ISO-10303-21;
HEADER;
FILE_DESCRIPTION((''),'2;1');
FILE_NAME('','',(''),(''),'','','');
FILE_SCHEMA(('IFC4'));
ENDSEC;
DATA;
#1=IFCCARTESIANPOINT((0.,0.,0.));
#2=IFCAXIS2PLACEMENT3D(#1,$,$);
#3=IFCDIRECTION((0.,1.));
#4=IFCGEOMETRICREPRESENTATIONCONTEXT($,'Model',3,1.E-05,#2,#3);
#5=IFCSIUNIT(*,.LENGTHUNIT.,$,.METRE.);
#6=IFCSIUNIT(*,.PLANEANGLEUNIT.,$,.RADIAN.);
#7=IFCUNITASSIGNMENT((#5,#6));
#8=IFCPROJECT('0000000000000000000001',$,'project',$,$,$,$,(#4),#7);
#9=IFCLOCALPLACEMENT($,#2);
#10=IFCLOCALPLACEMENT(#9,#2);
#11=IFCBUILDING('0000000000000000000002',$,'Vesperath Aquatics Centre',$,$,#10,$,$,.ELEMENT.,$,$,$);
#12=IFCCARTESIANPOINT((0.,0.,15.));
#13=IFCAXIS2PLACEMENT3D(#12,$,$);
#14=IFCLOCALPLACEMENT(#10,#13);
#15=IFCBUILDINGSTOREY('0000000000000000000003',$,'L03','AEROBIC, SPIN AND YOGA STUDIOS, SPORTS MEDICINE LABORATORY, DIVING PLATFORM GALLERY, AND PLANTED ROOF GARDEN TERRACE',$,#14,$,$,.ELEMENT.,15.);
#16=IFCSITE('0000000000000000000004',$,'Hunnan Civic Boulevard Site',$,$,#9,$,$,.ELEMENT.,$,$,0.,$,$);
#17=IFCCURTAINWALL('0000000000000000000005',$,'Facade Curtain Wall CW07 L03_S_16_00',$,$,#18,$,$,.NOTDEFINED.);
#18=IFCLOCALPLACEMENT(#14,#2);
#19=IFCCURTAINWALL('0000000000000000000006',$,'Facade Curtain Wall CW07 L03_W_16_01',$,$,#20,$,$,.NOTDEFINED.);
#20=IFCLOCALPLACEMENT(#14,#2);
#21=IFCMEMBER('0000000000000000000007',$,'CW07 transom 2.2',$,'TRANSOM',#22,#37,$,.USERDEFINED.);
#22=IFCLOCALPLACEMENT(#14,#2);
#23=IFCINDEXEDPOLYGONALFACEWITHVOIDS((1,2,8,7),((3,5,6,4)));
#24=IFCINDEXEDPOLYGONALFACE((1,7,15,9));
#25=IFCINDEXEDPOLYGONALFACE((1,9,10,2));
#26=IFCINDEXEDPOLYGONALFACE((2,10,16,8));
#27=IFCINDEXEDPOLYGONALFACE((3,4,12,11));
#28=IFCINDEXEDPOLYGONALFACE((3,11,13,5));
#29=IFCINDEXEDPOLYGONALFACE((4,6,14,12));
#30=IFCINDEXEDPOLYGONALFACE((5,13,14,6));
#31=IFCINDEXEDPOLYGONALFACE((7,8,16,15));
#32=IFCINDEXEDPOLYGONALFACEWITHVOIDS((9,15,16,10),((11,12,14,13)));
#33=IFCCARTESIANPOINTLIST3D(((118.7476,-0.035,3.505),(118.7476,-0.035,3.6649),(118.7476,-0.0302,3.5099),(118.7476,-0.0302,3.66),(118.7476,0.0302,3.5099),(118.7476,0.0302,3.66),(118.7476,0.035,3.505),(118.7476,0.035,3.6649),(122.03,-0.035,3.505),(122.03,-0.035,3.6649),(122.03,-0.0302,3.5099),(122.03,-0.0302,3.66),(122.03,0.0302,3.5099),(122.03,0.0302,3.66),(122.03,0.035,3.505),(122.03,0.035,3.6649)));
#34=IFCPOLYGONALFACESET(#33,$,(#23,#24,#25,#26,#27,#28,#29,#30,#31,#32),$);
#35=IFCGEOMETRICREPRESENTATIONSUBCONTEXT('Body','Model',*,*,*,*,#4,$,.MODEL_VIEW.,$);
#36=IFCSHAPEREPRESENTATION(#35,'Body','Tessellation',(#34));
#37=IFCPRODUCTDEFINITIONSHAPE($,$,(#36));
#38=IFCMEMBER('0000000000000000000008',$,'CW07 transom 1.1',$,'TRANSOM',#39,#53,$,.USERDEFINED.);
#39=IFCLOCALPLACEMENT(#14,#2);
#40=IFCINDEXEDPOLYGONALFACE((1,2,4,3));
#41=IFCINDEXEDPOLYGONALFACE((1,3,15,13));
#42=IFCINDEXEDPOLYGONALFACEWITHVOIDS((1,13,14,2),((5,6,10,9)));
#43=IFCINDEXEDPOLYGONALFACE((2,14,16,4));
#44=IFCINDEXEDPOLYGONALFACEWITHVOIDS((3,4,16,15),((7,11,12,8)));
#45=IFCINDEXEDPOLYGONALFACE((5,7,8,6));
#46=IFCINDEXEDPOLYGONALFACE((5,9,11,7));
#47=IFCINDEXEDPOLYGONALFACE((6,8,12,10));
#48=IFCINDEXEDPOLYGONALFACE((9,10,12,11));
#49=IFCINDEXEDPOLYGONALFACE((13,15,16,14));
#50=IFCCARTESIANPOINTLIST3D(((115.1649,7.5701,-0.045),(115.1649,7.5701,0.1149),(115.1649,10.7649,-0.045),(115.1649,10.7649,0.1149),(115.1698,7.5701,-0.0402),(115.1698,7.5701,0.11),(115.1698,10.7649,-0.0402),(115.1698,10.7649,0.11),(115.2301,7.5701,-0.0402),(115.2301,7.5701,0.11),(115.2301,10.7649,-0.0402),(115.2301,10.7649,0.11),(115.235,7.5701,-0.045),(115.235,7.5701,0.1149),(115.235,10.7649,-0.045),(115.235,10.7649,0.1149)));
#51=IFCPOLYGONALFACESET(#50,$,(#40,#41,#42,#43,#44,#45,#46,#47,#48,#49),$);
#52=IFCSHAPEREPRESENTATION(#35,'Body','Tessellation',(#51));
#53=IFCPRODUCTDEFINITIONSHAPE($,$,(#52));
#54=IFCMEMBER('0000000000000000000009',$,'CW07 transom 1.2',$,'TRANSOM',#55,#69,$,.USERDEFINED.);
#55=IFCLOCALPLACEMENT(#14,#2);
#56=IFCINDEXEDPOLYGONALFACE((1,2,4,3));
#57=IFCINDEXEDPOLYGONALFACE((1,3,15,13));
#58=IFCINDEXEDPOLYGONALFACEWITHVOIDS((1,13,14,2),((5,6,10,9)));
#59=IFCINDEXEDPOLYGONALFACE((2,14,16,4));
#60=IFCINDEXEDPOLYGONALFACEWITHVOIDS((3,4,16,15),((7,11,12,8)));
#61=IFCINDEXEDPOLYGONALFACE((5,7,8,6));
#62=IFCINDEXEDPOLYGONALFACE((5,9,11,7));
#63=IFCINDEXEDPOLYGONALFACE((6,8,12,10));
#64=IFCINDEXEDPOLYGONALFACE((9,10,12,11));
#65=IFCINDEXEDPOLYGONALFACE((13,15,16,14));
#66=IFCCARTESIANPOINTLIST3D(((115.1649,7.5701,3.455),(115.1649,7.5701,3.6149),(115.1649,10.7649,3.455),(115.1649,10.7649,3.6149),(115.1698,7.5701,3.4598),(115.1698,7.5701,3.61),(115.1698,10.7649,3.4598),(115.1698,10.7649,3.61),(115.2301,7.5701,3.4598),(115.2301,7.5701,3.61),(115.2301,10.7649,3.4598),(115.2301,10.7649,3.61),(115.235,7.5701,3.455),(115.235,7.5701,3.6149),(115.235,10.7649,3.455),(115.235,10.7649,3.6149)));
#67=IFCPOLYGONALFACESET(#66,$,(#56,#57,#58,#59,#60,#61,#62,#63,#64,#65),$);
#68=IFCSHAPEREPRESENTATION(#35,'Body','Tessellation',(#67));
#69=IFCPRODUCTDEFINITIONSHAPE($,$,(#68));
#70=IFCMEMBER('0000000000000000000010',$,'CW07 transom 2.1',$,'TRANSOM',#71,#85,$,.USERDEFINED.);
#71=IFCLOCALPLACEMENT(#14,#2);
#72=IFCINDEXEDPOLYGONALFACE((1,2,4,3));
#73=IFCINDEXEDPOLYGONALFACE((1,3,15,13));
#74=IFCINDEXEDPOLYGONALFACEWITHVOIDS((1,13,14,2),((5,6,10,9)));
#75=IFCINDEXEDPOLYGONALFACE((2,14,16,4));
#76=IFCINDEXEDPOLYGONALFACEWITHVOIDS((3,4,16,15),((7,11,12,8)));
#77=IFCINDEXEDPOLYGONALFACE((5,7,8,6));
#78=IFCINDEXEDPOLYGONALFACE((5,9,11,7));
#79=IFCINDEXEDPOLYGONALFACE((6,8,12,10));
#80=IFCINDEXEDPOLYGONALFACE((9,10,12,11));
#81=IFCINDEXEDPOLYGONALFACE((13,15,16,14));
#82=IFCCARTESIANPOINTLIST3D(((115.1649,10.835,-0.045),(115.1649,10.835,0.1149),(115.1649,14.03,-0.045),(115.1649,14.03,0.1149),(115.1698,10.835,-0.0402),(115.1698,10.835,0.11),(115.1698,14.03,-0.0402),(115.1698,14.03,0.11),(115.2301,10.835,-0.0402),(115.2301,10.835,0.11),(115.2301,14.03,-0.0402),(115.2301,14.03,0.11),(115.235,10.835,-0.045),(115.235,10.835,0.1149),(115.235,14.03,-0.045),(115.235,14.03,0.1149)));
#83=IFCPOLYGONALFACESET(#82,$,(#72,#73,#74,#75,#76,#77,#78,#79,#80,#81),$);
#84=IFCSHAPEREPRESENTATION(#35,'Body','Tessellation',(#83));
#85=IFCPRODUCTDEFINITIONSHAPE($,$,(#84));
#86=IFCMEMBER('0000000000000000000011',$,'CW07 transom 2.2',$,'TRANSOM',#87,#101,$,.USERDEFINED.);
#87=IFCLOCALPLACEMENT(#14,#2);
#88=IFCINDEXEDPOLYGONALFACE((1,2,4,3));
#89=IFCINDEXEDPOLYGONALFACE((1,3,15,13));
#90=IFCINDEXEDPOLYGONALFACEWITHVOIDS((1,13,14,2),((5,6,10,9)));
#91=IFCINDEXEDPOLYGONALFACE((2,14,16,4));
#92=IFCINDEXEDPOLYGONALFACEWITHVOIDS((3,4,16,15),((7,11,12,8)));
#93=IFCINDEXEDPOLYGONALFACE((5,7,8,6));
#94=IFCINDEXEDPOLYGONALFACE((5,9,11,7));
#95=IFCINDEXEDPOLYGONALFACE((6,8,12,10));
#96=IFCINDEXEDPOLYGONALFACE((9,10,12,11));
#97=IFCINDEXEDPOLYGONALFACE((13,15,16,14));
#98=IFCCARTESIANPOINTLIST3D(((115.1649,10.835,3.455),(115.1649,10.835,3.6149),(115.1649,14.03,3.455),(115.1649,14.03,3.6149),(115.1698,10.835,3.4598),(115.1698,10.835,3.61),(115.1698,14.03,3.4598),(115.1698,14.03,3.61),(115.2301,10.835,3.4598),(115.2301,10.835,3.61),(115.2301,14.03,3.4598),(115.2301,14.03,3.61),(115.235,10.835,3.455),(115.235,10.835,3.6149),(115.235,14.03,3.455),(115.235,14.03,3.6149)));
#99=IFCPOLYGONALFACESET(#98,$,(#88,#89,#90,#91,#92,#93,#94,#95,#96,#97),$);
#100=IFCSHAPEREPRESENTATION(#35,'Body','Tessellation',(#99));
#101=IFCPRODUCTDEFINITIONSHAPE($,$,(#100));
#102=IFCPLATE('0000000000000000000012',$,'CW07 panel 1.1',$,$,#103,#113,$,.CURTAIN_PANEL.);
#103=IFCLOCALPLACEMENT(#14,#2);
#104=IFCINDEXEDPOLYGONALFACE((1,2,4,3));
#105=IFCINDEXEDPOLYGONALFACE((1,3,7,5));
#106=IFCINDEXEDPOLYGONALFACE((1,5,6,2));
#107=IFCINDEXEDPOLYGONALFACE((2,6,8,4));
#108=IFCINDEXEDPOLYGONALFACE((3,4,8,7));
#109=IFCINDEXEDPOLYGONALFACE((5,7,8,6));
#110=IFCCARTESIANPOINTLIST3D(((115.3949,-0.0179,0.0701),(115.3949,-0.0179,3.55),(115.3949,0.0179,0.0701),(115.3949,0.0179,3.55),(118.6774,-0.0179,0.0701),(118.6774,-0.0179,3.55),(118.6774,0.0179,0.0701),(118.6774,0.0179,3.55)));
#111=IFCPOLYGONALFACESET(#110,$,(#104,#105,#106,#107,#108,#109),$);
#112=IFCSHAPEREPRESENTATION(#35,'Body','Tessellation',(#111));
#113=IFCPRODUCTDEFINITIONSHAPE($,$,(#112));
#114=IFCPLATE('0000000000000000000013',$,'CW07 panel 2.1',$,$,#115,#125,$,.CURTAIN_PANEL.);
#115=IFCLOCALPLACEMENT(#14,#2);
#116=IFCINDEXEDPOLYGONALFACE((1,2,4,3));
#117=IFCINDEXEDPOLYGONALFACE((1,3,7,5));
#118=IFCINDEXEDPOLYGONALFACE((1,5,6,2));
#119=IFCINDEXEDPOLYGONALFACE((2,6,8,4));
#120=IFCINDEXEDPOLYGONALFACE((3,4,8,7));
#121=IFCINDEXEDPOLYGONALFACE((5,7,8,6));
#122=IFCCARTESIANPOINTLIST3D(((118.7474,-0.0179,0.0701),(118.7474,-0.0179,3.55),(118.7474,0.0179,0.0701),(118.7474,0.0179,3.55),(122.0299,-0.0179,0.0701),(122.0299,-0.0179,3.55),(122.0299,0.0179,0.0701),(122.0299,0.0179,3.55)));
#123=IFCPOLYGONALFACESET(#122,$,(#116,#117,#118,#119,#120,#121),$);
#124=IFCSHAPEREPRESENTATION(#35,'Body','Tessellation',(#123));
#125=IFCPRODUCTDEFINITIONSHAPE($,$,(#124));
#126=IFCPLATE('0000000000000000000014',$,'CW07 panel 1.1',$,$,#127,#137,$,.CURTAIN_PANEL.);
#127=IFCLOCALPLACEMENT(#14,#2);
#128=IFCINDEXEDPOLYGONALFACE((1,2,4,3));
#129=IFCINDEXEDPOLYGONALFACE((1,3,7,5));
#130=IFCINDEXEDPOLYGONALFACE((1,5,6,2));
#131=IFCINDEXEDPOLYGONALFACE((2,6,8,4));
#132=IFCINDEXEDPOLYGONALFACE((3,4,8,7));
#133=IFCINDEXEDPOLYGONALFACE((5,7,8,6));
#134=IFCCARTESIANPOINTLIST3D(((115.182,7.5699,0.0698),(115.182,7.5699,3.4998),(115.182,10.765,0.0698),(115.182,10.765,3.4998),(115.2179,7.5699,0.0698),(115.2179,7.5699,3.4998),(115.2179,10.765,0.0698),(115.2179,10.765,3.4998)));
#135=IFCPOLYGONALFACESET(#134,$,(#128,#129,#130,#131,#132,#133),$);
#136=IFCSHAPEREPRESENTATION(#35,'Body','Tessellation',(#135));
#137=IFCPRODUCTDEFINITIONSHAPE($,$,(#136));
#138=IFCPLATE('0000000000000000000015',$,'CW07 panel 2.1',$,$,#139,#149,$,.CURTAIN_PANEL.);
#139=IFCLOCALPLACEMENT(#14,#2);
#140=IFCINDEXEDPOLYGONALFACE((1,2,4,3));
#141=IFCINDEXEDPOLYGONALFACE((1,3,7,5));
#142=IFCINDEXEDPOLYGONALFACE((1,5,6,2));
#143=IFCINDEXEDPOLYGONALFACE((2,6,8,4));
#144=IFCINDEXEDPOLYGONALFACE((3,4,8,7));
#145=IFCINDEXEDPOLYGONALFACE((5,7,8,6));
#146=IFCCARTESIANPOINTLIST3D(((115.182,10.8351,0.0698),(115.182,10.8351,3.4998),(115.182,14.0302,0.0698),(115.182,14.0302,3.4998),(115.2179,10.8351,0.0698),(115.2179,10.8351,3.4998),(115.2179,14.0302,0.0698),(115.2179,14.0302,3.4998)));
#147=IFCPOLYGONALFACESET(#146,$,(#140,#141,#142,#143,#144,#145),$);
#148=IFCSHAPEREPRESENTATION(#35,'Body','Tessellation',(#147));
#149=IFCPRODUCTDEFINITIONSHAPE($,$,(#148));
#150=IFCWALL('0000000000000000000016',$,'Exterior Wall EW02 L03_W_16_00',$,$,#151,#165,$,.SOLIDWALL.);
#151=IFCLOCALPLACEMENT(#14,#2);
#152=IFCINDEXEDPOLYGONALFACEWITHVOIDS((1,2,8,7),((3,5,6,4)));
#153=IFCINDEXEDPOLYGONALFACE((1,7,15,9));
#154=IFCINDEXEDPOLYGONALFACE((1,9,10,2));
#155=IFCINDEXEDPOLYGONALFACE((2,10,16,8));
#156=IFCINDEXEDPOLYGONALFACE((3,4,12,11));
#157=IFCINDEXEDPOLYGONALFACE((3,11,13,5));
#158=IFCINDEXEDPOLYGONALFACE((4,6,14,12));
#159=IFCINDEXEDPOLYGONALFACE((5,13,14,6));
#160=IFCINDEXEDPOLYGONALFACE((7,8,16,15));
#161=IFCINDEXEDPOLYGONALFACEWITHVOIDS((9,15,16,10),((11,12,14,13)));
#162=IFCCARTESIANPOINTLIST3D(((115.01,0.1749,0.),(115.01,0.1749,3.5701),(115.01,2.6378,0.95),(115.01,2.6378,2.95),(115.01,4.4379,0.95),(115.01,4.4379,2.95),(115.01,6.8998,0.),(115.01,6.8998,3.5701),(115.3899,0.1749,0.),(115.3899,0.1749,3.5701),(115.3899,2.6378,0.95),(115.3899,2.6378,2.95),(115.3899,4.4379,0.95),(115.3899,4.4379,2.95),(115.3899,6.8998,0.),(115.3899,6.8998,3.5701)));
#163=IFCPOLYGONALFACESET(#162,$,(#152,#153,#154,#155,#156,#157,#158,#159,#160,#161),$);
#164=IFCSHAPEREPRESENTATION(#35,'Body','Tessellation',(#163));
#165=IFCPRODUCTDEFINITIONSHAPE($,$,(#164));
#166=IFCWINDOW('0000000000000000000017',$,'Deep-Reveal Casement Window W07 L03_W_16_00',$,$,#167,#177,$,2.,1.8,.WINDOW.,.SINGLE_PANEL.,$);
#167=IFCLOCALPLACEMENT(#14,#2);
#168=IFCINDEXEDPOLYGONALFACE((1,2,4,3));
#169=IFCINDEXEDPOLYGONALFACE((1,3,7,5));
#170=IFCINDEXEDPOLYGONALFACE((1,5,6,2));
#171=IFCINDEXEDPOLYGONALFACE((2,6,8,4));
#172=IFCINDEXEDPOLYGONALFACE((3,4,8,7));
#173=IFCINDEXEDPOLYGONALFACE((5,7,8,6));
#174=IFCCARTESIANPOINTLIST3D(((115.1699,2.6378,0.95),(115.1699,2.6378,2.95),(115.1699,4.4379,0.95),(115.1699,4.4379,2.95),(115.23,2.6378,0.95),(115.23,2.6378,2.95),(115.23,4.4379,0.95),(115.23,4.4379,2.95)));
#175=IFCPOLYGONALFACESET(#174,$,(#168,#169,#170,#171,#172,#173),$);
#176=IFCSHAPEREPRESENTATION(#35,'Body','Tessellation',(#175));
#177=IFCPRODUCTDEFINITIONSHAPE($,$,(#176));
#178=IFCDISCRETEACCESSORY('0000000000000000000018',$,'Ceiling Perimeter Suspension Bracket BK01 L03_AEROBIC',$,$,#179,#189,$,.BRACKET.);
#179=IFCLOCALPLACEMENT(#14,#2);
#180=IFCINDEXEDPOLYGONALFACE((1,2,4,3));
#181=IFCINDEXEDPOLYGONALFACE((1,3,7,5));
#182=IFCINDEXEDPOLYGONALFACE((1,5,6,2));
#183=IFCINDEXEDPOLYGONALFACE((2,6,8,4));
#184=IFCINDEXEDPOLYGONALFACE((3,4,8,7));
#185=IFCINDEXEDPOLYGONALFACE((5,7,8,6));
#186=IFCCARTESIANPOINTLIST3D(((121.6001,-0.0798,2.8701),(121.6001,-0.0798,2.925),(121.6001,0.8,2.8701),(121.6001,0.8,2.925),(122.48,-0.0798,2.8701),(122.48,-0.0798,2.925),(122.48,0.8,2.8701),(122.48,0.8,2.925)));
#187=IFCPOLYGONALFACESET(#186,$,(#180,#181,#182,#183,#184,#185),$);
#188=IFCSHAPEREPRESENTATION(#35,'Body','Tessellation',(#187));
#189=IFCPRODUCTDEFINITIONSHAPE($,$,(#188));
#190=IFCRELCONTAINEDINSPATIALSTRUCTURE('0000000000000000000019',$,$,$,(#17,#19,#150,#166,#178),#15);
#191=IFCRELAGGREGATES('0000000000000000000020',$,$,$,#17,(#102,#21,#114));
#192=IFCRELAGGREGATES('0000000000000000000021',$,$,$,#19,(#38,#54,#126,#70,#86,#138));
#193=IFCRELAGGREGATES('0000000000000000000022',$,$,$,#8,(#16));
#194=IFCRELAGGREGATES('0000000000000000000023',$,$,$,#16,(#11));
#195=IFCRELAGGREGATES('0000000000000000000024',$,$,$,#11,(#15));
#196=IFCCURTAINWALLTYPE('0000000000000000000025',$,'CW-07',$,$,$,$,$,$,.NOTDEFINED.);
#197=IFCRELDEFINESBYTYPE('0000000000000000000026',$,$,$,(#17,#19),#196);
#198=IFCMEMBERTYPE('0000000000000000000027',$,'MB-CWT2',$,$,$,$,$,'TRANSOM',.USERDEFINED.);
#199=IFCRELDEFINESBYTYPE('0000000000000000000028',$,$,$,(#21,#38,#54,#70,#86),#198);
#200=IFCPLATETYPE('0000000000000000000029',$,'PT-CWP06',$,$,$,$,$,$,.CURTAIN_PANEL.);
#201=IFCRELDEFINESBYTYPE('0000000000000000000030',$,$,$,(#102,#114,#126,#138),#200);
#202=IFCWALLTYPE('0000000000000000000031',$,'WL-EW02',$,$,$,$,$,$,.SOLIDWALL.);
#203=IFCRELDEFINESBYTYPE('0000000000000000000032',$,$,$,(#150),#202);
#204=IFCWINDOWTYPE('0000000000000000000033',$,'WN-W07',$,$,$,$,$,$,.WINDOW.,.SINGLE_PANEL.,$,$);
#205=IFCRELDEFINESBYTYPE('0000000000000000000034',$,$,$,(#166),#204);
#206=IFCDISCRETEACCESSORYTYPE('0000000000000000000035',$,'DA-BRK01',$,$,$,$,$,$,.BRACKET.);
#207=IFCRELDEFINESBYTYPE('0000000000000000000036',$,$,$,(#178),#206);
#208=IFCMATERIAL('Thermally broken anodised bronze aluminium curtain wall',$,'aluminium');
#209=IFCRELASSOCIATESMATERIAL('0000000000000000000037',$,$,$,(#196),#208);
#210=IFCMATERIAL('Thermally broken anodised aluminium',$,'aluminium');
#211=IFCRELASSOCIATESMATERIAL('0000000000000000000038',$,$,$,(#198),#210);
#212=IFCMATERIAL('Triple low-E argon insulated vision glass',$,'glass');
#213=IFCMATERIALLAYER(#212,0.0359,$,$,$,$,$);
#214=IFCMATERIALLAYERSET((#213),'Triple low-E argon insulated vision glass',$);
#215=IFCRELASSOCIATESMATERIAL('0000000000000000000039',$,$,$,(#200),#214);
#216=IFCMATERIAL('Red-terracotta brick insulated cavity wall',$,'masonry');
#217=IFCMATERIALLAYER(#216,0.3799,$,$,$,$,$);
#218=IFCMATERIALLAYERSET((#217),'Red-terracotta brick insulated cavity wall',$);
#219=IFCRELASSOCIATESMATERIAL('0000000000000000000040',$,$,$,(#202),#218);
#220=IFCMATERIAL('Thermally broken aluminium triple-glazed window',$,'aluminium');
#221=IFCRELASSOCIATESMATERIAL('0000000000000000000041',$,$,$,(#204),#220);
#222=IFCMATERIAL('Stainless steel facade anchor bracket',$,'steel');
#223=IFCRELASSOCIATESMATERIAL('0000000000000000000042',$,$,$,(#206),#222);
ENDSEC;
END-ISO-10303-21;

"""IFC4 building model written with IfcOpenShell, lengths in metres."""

from ifc_helpers import new_model, si_unit, direction, frame, frame_2d, origin, origin_2d, place, context, subcontext, project, spatial, rectangle, hollow_rectangle, extrude, material, layer, layer_set, material_profile, profile_set, type_object, element, fill, aggregate, save


model = new_model("IFC4")

# Units and contexts
model_context = context("Model", 3, precision=1e-05, world=origin(), true_north=direction((0.0, 1.0)))
body_context = subcontext(model_context, "Body", "Model", "MODEL_VIEW")
ifc_project = project(units=[si_unit("LENGTHUNIT", "METRE"), si_unit("PLANEANGLEUNIT", "RADIAN")], contexts=[model_context])

# Site, building, storey
site_placement = place(None, origin())
site = spatial("IfcSite", under=ifc_project, at=site_placement, Name="Hunnan Civic Boulevard Site", CompositionType="ELEMENT", RefElevation=0.0)
building_placement = place(site_placement, origin())
building = spatial("IfcBuilding", under=site, at=building_placement, Name="Vesperath Aquatics Centre", CompositionType="ELEMENT")
storey_placement = place(building_placement, frame((0.0, 0.0, 15.0)))
storey = spatial("IfcBuildingStorey", under=building, at=storey_placement, Name="L03", Description="AEROBIC, SPIN AND YOGA STUDIOS, SPORTS MEDICINE LABORATORY, DIVING PLATFORM GALLERY, AND PLANTED ROOF GARDEN TERRACE", CompositionType="ELEMENT", Elevation=15.0)

# Curtain walls
ifc_material_1 = material(Name="Thermally broken anodised bronze aluminium curtain wall", Category="aluminium")
curtain_wall_type = type_object("IfcCurtainWallType", Name="CW-07", PredefinedType="NOTDEFINED", material=ifc_material_1)
curtain_wall_1_placement = place(storey_placement, origin())
curtain_wall_1 = element("IfcCurtainWall", 1, at=curtain_wall_1_placement, inside=storey, type_object=curtain_wall_type, Name="Facade Curtain Wall CW07 L03_S_16_00", PredefinedType="NOTDEFINED")
ifc_material_2 = material(Name="Thermally broken anodised aluminium", Category="aluminium")
curtain_wall_2_placement = place(storey_placement, origin())
curtain_wall_2 = element("IfcCurtainWall", 2, at=curtain_wall_2_placement, inside=storey, type_object=curtain_wall_type, Name="Facade Curtain Wall CW07 L03_W_16_01", PredefinedType="NOTDEFINED")

# Members
ifc_material_profile_1 = material_profile(ifc_material_2, hollow_rectangle(XDim=0.0701, YDim=0.1599, WallThickness=0.0049, at=origin_2d()), Name="CWT 70x160x5")
ifc_profile_set_1 = profile_set([ifc_material_profile_1], Name="Thermally broken anodised aluminium")
member_type_1 = type_object("IfcMemberType", Name="MB-CWT2", ElementType="TRANSOM", PredefinedType="USERDEFINED", material=ifc_profile_set_1)
member_1_placement = place(storey_placement, frame((118.7476, 0.0, 3.585), z_axis=(1.0, 0.0, 0.0), x_axis=(0.0, 1.0, 0.0)))
member_1 = element("IfcMember", 3, at=member_1_placement, type_object=member_type_1, Name="CW07 transom 2.2", ObjectType="TRANSOM", PredefinedType="USERDEFINED", context=body_context, shape_type="SweptSolid", body=[
    extrude(hollow_rectangle(XDim=0.0701, YDim=0.1599, WallThickness=0.0049, at=origin_2d()), origin(), (0.0, 0.0, 1.0), 3.2825),
])
member_2_placement = place(storey_placement, frame((115.2, 7.5701, 0.0349), z_axis=(0.0, 1.0, 0.0), x_axis=(-1.0, 0.0, 0.0)))
member_2 = element("IfcMember", 4, at=member_2_placement, type_object=member_type_1, Name="CW07 transom 1.1", ObjectType="TRANSOM", PredefinedType="USERDEFINED", context=body_context, shape_type="SweptSolid", body=[
    extrude(hollow_rectangle(XDim=0.0701, YDim=0.1599, WallThickness=0.0049, at=origin_2d()), origin(), (0.0, 0.0, 1.0), 3.1948),
])
member_3_placement = place(storey_placement, frame((115.2, 7.5701, 3.5349), z_axis=(0.0, 1.0, 0.0), x_axis=(-1.0, 0.0, 0.0)))
member_3 = element("IfcMember", 5, at=member_3_placement, type_object=member_type_1, Name="CW07 transom 1.2", ObjectType="TRANSOM", PredefinedType="USERDEFINED", context=body_context, shape_type="SweptSolid", body=[
    extrude(hollow_rectangle(XDim=0.0701, YDim=0.1599, WallThickness=0.0049, at=origin_2d()), origin(), (0.0, 0.0, 1.0), 3.1948),
])
member_4_placement = place(storey_placement, frame((115.2, 10.835, 0.0349), z_axis=(0.0, 1.0, 0.0), x_axis=(-1.0, 0.0, 0.0)))
member_4 = element("IfcMember", 6, at=member_4_placement, type_object=member_type_1, Name="CW07 transom 2.1", ObjectType="TRANSOM", PredefinedType="USERDEFINED", context=body_context, shape_type="SweptSolid", body=[
    extrude(hollow_rectangle(XDim=0.0701, YDim=0.1599, WallThickness=0.0049, at=origin_2d()), origin(), (0.0, 0.0, 1.0), 3.1951),
])
member_5_placement = place(storey_placement, frame((115.2, 10.835, 3.5349), z_axis=(0.0, 1.0, 0.0), x_axis=(-1.0, 0.0, 0.0)))
member_5 = element("IfcMember", 7, at=member_5_placement, type_object=member_type_1, Name="CW07 transom 2.2", ObjectType="TRANSOM", PredefinedType="USERDEFINED", context=body_context, shape_type="SweptSolid", body=[
    extrude(hollow_rectangle(XDim=0.0701, YDim=0.1599, WallThickness=0.0049, at=origin_2d()), origin(), (0.0, 0.0, 1.0), 3.1951),
])

# Plates
ifc_material_3 = material(Name="Triple low-E argon insulated vision glass", Category="glass")
ifc_layer_1 = layer(ifc_material_3, 0.0359)
ifc_layer_set_1 = layer_set([ifc_layer_1], Name="Triple low-E argon insulated vision glass")
plate_type = type_object("IfcPlateType", Name="PT-CWP06", PredefinedType="CURTAIN_PANEL", material=ifc_layer_set_1)
plate_1_placement = place(storey_placement, frame((117.0361, 0.0, 0.0701), z_axis=(0.0, 0.0, 1.0), x_axis=(1.0, 0.0, 0.0)))
plate_1 = element("IfcPlate", 8, at=plate_1_placement, type_object=plate_type, Name="CW07 panel 1.1", PredefinedType="CURTAIN_PANEL", context=body_context, shape_type="SweptSolid", body=[
    extrude(rectangle(XDim=3.2825, YDim=0.0359, at=origin_2d()), origin(), (0.0, 0.0, 1.0), 3.48),
])
plate_2_placement = place(storey_placement, frame((120.3887, 0.0, 0.0701), z_axis=(0.0, 0.0, 1.0), x_axis=(1.0, 0.0, 0.0)))
plate_2 = element("IfcPlate", 9, at=plate_2_placement, type_object=plate_type, Name="CW07 panel 2.1", PredefinedType="CURTAIN_PANEL", context=body_context, shape_type="SweptSolid", body=[
    extrude(rectangle(XDim=3.2825, YDim=0.0359, at=origin_2d()), origin(), (0.0, 0.0, 1.0), 3.48),
])
aggregate(curtain_wall_1, [plate_1, member_1, plate_2])
plate_3_placement = place(storey_placement, frame((115.2, 9.1675, 0.0698), z_axis=(0.0, 0.0, 1.0), x_axis=(0.0, 1.0, 0.0)))
plate_3 = element("IfcPlate", 10, at=plate_3_placement, type_object=plate_type, Name="CW07 panel 1.1", PredefinedType="CURTAIN_PANEL", context=body_context, shape_type="SweptSolid", body=[
    extrude(rectangle(XDim=3.1951, YDim=0.0359, at=origin_2d()), origin(), (0.0, 0.0, 1.0), 3.4299),
])
plate_4_placement = place(storey_placement, frame((115.2, 12.4326, 0.0698), z_axis=(0.0, 0.0, 1.0), x_axis=(0.0, 1.0, 0.0)))
plate_4 = element("IfcPlate", 11, at=plate_4_placement, type_object=plate_type, Name="CW07 panel 2.1", PredefinedType="CURTAIN_PANEL", context=body_context, shape_type="SweptSolid", body=[
    extrude(rectangle(XDim=3.1951, YDim=0.0359, at=origin_2d()), origin(), (0.0, 0.0, 1.0), 3.4299),
])
aggregate(curtain_wall_2, [member_2, member_3, plate_3, member_4, member_5, plate_4])

# Wall, opening, window
ifc_material_4 = material(Name="Red-terracotta brick insulated cavity wall", Category="masonry")
ifc_layer_2 = layer(ifc_material_4, 0.3799)
ifc_layer_set_2 = layer_set([ifc_layer_2], Name="Red-terracotta brick insulated cavity wall")
wall_type = type_object("IfcWallType", Name="WL-EW02", PredefinedType="SOLIDWALL", material=ifc_layer_set_2)
wall_placement = place(storey_placement, frame((115.2, 0.175, 0.0), z_axis=(0.0, 0.0, 1.0), x_axis=(0.0, 1.0, 0.0)))
wall = element("IfcWall", 12, at=wall_placement, inside=storey, type_object=wall_type, Name="Exterior Wall EW02 L03_W_16_00", PredefinedType="SOLIDWALL", context=body_context, shape_type="SweptSolid", body=[
    extrude(rectangle(XDim=6.7249, YDim=0.3799, at=frame_2d((3.3623, 0.0))), origin(), (0.0, 0.0, 1.0), 3.5701),
])
opening_placement = place(wall_placement, frame((2.4629, 0.0, 0.95)))
opening = element("IfcOpeningElement", 13, at=opening_placement, cuts=wall, PredefinedType="OPENING", context=body_context, shape_type="SweptSolid", body=[
    extrude(rectangle(XDim=1.8, YDim=2.0, at=frame_2d((0.8999, 1.0))), frame((0.0, 0.2048, 0.0), z_axis=(0.0, -1.0, 0.0), x_axis=(1.0, 0.0, 0.0)), (0.0, 0.0, 1.0), 0.4097),
])
ifc_material_5 = material(Name="Thermally broken aluminium triple-glazed window", Category="aluminium")
window_type = type_object("IfcWindowType", Name="WN-W07", PartitioningType="SINGLE_PANEL", PredefinedType="WINDOW", material=ifc_material_5)
window_placement = place(opening_placement, origin())
window = element("IfcWindow", 14, at=window_placement, inside=storey, type_object=window_type, Name="Deep-Reveal Casement Window W07 L03_W_16_00", OverallHeight=2.0, OverallWidth=1.8, PartitioningType="SINGLE_PANEL", PredefinedType="WINDOW", context=body_context, shape_type="SweptSolid", body=[
    extrude(rectangle(XDim=1.8, YDim=2.0, at=frame_2d((0.8999, 1.0))), frame((0.0, 0.03, 0.0), z_axis=(0.0, -1.0, 0.0), x_axis=(1.0, 0.0, 0.0)), (0.0, 0.0, 1.0), 0.0601),
])
fill(opening, window)

# Discrete accessory
ifc_material_6 = material(Name="Stainless steel facade anchor bracket", Category="steel")
discrete_accessory_type = type_object("IfcDiscreteAccessoryType", Name="DA-BRK01", PredefinedType="BRACKET", material=ifc_material_6)
discrete_accessory_placement = place(storey_placement, frame((122.04, 0.3601, 2.8701), z_axis=(0.0, 0.0, 1.0), x_axis=(1.0, 0.0, 0.0)))
element("IfcDiscreteAccessory", 15, at=discrete_accessory_placement, inside=storey, type_object=discrete_accessory_type, Name="Ceiling Perimeter Suspension Bracket BK01 L03_AEROBIC", PredefinedType="BRACKET", context=body_context, shape_type="SweptSolid", body=[
    extrude(rectangle(XDim=0.8799, YDim=0.8799, at=origin_2d()), origin(), (0.0, 0.0, 1.0), 0.0549),
])

save(model, "model.ifc")
